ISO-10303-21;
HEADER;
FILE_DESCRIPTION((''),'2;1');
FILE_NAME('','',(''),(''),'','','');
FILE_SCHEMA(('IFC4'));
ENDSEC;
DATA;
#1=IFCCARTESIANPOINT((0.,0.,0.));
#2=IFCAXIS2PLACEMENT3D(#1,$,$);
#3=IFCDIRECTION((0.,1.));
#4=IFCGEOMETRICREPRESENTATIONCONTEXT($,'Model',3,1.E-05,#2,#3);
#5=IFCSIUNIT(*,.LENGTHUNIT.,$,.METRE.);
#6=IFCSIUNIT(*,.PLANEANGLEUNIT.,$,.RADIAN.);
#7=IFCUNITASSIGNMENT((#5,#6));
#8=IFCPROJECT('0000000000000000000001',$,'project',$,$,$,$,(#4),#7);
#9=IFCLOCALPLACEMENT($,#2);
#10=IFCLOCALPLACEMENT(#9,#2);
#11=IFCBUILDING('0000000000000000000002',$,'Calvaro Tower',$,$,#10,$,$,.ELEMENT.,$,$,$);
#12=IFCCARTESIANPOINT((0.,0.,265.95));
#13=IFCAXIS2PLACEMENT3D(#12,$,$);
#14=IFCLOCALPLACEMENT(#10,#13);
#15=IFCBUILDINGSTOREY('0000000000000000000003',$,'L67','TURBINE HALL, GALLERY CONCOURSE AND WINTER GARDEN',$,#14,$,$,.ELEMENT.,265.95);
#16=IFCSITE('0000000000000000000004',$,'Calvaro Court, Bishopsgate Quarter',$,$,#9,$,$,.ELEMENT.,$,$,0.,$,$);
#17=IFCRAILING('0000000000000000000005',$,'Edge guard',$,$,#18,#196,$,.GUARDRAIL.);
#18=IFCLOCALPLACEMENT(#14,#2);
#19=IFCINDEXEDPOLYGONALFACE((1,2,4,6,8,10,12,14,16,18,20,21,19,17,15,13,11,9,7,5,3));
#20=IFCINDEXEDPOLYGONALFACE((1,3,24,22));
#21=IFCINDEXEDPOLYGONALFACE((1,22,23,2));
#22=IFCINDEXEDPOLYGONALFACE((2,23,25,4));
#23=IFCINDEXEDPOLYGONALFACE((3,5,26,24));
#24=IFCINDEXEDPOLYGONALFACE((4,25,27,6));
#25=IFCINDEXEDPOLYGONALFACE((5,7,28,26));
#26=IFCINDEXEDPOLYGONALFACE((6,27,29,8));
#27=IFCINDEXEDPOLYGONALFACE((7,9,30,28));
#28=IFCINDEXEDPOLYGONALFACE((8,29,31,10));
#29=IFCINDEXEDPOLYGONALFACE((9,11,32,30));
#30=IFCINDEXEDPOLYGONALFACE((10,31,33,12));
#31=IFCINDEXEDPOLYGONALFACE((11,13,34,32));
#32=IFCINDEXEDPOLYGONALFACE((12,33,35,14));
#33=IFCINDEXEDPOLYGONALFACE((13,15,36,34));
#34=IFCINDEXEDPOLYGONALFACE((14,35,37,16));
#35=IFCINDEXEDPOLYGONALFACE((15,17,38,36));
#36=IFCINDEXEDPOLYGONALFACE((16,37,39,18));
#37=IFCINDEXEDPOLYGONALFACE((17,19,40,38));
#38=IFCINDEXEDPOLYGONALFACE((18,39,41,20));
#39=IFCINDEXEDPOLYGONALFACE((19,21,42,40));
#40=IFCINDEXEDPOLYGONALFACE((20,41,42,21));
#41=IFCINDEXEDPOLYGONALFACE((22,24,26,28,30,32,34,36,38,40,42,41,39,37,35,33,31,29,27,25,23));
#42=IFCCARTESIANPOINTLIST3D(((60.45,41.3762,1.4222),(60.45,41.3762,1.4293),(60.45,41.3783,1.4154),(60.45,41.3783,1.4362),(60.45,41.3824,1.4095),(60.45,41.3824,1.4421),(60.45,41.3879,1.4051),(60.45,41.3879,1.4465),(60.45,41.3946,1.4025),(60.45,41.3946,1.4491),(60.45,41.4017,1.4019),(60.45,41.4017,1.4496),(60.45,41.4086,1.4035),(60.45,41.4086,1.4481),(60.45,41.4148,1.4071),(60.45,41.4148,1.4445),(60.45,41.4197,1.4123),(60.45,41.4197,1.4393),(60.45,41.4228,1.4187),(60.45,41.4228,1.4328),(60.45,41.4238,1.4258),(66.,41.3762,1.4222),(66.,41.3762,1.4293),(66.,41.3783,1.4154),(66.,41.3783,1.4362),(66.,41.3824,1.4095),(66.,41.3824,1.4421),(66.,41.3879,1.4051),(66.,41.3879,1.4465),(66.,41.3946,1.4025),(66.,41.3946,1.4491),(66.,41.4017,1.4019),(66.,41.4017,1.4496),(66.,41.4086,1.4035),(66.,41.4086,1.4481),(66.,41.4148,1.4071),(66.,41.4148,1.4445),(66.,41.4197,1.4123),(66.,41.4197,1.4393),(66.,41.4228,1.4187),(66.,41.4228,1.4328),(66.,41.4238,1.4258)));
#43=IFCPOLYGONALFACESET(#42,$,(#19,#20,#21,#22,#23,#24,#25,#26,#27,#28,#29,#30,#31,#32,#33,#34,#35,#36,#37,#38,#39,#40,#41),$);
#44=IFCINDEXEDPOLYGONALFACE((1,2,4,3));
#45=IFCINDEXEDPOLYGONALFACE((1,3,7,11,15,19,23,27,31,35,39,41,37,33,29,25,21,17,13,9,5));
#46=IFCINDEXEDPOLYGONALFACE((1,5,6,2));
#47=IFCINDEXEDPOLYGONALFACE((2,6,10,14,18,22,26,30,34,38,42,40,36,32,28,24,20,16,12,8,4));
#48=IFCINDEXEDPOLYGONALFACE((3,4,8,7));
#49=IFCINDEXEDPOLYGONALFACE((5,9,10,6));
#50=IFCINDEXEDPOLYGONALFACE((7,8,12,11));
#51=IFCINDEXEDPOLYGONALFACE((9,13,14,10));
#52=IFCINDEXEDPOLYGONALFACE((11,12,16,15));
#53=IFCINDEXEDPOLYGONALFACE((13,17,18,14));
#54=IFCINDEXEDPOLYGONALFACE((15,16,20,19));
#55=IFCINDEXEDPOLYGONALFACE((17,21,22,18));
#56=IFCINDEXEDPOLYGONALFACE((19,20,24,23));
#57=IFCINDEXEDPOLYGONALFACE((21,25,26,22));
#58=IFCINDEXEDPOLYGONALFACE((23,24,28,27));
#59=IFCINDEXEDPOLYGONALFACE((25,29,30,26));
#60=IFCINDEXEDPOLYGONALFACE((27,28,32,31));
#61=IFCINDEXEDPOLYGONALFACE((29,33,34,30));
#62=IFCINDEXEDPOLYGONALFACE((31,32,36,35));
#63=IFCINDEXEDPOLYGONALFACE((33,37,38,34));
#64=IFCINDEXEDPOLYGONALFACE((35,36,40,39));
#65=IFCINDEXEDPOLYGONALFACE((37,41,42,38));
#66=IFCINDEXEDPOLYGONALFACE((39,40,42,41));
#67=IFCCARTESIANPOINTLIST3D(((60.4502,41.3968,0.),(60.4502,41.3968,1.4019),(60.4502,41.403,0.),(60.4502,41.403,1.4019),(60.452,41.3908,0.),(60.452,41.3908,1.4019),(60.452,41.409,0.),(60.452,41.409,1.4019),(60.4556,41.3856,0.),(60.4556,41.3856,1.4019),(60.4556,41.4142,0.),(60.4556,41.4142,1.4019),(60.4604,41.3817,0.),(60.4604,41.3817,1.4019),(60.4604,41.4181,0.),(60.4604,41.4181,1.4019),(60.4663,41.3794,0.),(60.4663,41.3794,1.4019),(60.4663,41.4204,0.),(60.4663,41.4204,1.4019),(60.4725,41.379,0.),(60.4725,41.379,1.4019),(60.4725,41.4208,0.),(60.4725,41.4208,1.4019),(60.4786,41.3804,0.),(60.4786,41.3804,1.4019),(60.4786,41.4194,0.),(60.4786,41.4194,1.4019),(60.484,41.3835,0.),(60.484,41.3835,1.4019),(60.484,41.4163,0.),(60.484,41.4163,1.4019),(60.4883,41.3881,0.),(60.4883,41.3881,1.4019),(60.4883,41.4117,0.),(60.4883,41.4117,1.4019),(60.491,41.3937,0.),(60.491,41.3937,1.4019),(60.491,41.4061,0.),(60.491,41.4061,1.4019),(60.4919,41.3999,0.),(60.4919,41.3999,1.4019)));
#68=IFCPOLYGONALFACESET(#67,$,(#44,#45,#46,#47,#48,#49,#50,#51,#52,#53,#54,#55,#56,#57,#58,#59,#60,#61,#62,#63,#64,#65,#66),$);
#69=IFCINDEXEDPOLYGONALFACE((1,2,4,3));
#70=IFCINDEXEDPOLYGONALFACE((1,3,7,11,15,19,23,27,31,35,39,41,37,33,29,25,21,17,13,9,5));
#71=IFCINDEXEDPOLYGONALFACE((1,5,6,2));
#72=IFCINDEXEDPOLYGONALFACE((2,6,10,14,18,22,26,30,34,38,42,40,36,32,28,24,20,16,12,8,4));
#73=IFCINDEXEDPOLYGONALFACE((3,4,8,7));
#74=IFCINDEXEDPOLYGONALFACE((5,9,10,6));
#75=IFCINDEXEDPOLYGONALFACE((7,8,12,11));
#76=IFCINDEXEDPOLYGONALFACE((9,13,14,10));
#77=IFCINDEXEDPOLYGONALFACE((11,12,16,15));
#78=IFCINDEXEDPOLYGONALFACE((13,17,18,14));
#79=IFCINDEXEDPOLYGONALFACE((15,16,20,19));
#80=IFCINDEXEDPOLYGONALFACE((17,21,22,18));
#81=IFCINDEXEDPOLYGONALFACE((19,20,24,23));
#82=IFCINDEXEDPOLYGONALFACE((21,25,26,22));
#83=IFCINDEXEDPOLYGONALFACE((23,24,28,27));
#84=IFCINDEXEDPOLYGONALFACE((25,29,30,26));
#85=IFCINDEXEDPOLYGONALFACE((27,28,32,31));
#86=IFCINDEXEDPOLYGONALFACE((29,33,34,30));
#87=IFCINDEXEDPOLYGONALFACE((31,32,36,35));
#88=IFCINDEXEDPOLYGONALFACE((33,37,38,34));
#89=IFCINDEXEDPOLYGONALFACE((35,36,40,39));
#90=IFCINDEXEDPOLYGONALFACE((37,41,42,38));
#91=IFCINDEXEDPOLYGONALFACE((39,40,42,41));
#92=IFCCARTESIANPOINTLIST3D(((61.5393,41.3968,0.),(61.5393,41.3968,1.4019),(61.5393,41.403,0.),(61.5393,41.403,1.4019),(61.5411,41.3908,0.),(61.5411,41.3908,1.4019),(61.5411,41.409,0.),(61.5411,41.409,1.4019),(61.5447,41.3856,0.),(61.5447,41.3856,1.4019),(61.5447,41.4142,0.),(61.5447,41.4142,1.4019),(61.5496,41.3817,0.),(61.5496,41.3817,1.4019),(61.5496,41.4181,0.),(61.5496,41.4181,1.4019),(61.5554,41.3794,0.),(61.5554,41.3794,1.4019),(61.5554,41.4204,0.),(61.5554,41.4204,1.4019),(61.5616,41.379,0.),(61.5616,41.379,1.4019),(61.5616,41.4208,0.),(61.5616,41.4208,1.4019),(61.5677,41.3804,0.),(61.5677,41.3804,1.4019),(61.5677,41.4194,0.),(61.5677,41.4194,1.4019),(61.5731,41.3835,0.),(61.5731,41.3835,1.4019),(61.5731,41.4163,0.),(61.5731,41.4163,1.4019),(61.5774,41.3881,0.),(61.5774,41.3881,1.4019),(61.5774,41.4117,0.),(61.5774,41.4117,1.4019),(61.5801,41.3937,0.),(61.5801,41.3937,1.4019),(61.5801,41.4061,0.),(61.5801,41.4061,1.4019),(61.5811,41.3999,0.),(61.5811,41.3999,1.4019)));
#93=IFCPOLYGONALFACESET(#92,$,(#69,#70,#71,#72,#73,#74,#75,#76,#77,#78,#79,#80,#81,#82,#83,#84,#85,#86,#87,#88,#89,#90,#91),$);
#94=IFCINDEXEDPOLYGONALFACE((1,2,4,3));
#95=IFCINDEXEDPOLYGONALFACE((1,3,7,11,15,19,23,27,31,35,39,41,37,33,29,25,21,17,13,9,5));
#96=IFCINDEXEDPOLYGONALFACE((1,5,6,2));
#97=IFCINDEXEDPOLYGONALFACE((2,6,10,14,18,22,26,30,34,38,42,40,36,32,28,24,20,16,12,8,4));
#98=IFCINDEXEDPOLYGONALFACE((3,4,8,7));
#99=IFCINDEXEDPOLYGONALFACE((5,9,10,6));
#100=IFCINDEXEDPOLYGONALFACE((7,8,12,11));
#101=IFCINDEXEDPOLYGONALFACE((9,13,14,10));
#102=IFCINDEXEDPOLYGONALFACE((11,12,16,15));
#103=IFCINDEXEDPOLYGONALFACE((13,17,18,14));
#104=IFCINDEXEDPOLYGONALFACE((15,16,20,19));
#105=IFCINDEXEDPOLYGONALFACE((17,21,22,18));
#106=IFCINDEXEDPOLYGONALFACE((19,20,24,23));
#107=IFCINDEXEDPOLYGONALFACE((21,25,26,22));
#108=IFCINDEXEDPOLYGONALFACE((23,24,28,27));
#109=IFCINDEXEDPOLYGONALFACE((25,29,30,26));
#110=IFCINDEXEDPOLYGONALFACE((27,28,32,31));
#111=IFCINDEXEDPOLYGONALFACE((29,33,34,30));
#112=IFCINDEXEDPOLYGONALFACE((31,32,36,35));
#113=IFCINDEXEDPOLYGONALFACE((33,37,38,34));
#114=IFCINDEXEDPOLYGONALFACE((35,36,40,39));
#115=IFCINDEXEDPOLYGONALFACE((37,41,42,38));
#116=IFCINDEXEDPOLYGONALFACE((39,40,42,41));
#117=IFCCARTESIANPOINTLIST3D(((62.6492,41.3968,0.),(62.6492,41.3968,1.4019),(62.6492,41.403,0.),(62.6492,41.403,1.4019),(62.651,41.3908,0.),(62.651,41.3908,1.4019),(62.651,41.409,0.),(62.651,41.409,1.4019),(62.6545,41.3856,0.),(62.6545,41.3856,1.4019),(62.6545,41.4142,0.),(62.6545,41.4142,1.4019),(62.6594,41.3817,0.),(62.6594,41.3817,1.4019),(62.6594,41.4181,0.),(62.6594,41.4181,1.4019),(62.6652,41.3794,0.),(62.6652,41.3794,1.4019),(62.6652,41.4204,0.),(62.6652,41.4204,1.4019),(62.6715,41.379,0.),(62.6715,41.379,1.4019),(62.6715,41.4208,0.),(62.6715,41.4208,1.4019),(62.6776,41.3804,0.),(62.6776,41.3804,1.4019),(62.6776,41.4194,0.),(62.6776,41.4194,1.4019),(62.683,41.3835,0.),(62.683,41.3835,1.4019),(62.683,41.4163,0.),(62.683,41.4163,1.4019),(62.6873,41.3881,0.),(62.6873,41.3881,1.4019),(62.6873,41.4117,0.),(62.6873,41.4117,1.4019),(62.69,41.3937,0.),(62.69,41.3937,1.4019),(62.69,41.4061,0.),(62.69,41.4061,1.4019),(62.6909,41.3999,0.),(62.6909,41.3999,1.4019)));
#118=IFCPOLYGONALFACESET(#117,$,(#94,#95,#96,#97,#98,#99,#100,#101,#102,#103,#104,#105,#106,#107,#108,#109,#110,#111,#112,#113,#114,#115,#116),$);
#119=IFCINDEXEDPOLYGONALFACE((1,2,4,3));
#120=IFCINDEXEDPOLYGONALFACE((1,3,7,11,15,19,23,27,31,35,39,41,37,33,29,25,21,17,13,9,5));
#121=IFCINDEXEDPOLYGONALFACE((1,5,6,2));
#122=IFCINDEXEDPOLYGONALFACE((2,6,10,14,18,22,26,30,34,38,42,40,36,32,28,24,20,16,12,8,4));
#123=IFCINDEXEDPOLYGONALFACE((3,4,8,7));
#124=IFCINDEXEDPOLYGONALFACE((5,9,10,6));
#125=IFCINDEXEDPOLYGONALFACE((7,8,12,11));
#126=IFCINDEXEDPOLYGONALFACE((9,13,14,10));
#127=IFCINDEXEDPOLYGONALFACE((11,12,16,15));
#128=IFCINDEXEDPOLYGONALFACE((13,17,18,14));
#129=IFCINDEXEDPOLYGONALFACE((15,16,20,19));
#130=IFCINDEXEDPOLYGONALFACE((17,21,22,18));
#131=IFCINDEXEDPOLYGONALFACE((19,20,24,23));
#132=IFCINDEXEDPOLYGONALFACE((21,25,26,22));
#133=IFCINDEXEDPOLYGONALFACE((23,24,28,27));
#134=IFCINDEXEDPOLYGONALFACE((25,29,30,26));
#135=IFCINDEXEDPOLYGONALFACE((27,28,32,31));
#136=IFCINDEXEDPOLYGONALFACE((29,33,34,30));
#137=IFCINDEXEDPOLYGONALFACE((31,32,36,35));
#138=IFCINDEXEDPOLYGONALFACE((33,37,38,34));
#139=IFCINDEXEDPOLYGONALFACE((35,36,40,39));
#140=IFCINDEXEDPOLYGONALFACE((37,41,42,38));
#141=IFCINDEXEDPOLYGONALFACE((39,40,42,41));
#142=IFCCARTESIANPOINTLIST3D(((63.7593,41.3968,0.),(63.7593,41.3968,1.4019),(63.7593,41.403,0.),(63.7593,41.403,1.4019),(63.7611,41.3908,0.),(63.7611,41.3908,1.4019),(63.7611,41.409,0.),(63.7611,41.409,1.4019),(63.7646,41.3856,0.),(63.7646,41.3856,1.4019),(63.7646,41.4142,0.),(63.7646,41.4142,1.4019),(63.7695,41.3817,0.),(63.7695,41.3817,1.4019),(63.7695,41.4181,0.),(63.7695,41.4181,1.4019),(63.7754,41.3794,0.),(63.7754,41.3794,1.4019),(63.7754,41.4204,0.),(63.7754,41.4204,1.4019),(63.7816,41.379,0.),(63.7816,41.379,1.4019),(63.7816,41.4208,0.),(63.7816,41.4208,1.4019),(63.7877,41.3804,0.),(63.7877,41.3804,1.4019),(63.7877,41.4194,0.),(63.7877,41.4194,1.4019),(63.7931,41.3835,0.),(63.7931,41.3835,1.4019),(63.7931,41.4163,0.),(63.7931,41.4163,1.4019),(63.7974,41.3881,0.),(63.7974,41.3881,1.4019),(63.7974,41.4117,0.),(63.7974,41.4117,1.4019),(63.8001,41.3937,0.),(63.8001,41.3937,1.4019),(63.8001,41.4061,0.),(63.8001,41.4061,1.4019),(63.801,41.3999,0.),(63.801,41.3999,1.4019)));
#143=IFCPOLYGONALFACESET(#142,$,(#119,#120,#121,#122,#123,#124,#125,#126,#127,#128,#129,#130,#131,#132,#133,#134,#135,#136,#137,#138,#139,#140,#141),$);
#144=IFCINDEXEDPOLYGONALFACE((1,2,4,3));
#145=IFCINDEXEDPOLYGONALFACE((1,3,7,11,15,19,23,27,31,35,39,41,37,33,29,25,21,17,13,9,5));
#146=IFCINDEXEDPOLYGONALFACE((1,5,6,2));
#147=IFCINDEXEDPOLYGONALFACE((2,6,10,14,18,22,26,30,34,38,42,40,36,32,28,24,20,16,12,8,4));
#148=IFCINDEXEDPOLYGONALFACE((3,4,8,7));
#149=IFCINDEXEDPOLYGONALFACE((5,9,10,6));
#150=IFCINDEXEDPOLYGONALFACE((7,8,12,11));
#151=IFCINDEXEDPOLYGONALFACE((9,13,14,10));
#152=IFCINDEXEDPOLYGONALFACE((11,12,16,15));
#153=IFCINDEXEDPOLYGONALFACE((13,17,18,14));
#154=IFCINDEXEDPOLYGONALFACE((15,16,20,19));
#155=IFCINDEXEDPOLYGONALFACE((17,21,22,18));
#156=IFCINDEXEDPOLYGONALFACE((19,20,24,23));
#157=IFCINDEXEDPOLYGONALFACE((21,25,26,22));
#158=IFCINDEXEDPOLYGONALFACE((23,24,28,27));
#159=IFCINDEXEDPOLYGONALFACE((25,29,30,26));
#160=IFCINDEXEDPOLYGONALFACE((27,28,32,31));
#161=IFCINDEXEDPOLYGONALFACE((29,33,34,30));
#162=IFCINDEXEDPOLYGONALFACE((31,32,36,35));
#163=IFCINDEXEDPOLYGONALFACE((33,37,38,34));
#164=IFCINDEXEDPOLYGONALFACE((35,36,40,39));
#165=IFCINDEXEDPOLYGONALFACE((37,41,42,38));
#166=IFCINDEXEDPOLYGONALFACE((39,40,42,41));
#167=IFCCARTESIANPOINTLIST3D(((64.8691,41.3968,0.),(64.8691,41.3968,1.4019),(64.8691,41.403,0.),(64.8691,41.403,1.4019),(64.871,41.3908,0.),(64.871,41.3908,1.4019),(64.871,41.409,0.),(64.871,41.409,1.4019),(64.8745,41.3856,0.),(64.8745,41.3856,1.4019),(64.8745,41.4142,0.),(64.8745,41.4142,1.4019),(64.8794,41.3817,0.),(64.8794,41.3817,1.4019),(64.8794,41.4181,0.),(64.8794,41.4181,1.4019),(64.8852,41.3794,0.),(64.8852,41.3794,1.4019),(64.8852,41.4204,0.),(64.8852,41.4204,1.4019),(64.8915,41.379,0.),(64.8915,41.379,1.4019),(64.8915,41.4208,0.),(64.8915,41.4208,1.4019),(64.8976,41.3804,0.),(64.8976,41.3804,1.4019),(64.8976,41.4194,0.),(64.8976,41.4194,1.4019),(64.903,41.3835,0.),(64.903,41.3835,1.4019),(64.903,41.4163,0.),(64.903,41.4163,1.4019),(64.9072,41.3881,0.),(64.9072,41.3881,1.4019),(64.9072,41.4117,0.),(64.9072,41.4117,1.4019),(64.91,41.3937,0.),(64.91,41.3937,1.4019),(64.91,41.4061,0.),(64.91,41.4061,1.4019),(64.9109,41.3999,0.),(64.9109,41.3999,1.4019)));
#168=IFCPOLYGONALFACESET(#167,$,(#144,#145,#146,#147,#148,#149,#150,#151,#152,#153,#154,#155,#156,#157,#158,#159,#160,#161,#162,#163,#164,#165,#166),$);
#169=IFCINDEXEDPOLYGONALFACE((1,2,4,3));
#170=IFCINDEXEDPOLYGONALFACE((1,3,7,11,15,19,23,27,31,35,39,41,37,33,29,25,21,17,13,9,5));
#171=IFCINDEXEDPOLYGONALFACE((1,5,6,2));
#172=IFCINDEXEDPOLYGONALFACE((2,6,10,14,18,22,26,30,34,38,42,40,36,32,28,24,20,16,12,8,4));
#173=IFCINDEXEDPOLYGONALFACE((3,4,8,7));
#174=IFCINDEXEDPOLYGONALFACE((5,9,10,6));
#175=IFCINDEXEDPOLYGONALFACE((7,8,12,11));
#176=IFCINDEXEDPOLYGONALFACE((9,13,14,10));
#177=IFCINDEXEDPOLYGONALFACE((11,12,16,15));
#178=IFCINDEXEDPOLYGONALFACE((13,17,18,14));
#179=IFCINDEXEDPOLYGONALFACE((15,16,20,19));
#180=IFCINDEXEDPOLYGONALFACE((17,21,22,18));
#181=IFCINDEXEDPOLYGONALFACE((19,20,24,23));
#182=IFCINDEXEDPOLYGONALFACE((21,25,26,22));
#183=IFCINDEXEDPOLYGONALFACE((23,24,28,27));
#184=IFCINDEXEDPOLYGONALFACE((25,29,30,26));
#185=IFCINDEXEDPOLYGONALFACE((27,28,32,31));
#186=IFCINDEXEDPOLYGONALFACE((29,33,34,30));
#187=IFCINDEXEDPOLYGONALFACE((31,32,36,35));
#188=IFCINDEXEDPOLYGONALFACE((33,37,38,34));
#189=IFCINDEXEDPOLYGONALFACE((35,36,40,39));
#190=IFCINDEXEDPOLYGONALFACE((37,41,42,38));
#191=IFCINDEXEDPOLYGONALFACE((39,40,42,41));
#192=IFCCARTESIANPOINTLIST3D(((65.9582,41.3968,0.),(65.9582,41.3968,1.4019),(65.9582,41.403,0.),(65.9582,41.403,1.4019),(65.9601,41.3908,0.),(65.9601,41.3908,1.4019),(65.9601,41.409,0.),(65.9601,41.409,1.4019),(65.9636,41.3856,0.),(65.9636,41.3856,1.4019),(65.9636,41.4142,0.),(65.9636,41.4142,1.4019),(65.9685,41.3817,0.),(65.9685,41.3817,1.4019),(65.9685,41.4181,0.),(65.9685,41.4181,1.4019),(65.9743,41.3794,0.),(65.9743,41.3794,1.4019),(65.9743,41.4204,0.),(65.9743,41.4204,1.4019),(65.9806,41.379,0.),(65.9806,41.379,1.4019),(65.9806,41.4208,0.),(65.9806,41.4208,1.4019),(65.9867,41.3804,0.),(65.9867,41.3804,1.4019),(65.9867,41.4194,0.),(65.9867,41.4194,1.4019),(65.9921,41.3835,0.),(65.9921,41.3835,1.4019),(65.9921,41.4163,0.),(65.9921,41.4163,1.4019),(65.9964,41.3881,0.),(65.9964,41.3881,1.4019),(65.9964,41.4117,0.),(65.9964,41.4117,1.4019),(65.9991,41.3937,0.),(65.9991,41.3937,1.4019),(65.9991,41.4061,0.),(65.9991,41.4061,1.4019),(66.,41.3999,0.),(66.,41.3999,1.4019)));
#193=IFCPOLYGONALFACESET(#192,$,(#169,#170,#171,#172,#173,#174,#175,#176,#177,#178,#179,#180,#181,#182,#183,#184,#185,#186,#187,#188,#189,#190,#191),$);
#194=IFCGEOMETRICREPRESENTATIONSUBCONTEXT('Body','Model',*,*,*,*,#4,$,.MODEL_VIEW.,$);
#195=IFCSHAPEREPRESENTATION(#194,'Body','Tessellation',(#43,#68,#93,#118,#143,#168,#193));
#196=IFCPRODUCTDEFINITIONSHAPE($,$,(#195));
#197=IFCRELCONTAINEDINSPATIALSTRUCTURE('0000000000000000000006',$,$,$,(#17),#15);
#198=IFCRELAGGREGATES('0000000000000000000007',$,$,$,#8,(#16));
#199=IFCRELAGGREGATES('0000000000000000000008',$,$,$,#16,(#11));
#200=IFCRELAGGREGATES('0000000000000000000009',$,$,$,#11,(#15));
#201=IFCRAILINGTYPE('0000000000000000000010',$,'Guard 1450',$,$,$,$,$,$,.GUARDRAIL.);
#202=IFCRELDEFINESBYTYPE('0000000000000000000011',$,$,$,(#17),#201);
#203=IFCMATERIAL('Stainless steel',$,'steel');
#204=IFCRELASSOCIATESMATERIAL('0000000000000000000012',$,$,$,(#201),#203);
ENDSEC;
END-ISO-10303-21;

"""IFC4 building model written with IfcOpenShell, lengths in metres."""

from ifc_helpers import new_model, si_unit, direction, frame, origin, origin_2d, place, context, subcontext, project, spatial, circle, extrude, material, type_object, element, save


model = new_model("IFC4")

# Units and contexts
model_context = context("Model", 3, precision=1e-05, world=origin(), true_north=direction((0.0, 1.0)))
body_context = subcontext(model_context, "Body", "Model", "MODEL_VIEW")
ifc_project = project(units=[si_unit("LENGTHUNIT", "METRE"), si_unit("PLANEANGLEUNIT", "RADIAN")], contexts=[model_context])

# Site, building, storey
site_placement = place(None, origin())
site = spatial("IfcSite", under=ifc_project, at=site_placement, Name="Calvaro Court, Bishopsgate Quarter", CompositionType="ELEMENT", RefElevation=0.0)
building_placement = place(site_placement, origin())
building = spatial("IfcBuilding", under=site, at=building_placement, Name="Calvaro Tower", CompositionType="ELEMENT")
storey_placement = place(building_placement, frame((0.0, 0.0, 265.95)))
storey = spatial("IfcBuildingStorey", under=building, at=storey_placement, Name="L67", Description="TURBINE HALL, GALLERY CONCOURSE AND WINTER GARDEN", CompositionType="ELEMENT", Elevation=265.95)

# Railing
ifc_material_1 = material(Name="Stainless steel", Category="steel")
railing_type_1 = type_object("IfcRailingType", Name="Guard 1450", PredefinedType="GUARDRAIL", material=ifc_material_1)
railing_1_placement = place(storey_placement, frame((60.45, 41.3999, 0.0)))
element("IfcRailing", 1, at=railing_1_placement, inside=storey, type_object=railing_type_1, Name="Edge guard", PredefinedType="GUARDRAIL", context=body_context, shape_type="SweptSolid", body=[
    extrude(circle(Radius=0.0239, at=origin_2d()), frame((0.0, 0.0, 1.4258), z_axis=(1.0, 0.0, 0.0), x_axis=(0.0, 1.0, 0.0)), (0.0, 0.0, 1.0), 5.55),
    extrude(circle(Radius=0.021, at=origin_2d()), frame((0.021, 0.0, 0.0)), (0.0, 0.0, 1.0), 1.4019),
    extrude(circle(Radius=0.021, at=origin_2d()), frame((1.1101, 0.0, 0.0)), (0.0, 0.0, 1.0), 1.4019),
    extrude(circle(Radius=0.021, at=origin_2d()), frame((2.22, 0.0, 0.0)), (0.0, 0.0, 1.0), 1.4019),
    extrude(circle(Radius=0.021, at=origin_2d()), frame((3.3301, 0.0, 0.0)), (0.0, 0.0, 1.0), 1.4019),
    extrude(circle(Radius=0.021, at=origin_2d()), frame((4.4399, 0.0, 0.0)), (0.0, 0.0, 1.0), 1.4019),
    extrude(circle(Radius=0.021, at=origin_2d()), frame((5.5291, 0.0, 0.0)), (0.0, 0.0, 1.0), 1.4019),
])

save(model, "model.ifc")
